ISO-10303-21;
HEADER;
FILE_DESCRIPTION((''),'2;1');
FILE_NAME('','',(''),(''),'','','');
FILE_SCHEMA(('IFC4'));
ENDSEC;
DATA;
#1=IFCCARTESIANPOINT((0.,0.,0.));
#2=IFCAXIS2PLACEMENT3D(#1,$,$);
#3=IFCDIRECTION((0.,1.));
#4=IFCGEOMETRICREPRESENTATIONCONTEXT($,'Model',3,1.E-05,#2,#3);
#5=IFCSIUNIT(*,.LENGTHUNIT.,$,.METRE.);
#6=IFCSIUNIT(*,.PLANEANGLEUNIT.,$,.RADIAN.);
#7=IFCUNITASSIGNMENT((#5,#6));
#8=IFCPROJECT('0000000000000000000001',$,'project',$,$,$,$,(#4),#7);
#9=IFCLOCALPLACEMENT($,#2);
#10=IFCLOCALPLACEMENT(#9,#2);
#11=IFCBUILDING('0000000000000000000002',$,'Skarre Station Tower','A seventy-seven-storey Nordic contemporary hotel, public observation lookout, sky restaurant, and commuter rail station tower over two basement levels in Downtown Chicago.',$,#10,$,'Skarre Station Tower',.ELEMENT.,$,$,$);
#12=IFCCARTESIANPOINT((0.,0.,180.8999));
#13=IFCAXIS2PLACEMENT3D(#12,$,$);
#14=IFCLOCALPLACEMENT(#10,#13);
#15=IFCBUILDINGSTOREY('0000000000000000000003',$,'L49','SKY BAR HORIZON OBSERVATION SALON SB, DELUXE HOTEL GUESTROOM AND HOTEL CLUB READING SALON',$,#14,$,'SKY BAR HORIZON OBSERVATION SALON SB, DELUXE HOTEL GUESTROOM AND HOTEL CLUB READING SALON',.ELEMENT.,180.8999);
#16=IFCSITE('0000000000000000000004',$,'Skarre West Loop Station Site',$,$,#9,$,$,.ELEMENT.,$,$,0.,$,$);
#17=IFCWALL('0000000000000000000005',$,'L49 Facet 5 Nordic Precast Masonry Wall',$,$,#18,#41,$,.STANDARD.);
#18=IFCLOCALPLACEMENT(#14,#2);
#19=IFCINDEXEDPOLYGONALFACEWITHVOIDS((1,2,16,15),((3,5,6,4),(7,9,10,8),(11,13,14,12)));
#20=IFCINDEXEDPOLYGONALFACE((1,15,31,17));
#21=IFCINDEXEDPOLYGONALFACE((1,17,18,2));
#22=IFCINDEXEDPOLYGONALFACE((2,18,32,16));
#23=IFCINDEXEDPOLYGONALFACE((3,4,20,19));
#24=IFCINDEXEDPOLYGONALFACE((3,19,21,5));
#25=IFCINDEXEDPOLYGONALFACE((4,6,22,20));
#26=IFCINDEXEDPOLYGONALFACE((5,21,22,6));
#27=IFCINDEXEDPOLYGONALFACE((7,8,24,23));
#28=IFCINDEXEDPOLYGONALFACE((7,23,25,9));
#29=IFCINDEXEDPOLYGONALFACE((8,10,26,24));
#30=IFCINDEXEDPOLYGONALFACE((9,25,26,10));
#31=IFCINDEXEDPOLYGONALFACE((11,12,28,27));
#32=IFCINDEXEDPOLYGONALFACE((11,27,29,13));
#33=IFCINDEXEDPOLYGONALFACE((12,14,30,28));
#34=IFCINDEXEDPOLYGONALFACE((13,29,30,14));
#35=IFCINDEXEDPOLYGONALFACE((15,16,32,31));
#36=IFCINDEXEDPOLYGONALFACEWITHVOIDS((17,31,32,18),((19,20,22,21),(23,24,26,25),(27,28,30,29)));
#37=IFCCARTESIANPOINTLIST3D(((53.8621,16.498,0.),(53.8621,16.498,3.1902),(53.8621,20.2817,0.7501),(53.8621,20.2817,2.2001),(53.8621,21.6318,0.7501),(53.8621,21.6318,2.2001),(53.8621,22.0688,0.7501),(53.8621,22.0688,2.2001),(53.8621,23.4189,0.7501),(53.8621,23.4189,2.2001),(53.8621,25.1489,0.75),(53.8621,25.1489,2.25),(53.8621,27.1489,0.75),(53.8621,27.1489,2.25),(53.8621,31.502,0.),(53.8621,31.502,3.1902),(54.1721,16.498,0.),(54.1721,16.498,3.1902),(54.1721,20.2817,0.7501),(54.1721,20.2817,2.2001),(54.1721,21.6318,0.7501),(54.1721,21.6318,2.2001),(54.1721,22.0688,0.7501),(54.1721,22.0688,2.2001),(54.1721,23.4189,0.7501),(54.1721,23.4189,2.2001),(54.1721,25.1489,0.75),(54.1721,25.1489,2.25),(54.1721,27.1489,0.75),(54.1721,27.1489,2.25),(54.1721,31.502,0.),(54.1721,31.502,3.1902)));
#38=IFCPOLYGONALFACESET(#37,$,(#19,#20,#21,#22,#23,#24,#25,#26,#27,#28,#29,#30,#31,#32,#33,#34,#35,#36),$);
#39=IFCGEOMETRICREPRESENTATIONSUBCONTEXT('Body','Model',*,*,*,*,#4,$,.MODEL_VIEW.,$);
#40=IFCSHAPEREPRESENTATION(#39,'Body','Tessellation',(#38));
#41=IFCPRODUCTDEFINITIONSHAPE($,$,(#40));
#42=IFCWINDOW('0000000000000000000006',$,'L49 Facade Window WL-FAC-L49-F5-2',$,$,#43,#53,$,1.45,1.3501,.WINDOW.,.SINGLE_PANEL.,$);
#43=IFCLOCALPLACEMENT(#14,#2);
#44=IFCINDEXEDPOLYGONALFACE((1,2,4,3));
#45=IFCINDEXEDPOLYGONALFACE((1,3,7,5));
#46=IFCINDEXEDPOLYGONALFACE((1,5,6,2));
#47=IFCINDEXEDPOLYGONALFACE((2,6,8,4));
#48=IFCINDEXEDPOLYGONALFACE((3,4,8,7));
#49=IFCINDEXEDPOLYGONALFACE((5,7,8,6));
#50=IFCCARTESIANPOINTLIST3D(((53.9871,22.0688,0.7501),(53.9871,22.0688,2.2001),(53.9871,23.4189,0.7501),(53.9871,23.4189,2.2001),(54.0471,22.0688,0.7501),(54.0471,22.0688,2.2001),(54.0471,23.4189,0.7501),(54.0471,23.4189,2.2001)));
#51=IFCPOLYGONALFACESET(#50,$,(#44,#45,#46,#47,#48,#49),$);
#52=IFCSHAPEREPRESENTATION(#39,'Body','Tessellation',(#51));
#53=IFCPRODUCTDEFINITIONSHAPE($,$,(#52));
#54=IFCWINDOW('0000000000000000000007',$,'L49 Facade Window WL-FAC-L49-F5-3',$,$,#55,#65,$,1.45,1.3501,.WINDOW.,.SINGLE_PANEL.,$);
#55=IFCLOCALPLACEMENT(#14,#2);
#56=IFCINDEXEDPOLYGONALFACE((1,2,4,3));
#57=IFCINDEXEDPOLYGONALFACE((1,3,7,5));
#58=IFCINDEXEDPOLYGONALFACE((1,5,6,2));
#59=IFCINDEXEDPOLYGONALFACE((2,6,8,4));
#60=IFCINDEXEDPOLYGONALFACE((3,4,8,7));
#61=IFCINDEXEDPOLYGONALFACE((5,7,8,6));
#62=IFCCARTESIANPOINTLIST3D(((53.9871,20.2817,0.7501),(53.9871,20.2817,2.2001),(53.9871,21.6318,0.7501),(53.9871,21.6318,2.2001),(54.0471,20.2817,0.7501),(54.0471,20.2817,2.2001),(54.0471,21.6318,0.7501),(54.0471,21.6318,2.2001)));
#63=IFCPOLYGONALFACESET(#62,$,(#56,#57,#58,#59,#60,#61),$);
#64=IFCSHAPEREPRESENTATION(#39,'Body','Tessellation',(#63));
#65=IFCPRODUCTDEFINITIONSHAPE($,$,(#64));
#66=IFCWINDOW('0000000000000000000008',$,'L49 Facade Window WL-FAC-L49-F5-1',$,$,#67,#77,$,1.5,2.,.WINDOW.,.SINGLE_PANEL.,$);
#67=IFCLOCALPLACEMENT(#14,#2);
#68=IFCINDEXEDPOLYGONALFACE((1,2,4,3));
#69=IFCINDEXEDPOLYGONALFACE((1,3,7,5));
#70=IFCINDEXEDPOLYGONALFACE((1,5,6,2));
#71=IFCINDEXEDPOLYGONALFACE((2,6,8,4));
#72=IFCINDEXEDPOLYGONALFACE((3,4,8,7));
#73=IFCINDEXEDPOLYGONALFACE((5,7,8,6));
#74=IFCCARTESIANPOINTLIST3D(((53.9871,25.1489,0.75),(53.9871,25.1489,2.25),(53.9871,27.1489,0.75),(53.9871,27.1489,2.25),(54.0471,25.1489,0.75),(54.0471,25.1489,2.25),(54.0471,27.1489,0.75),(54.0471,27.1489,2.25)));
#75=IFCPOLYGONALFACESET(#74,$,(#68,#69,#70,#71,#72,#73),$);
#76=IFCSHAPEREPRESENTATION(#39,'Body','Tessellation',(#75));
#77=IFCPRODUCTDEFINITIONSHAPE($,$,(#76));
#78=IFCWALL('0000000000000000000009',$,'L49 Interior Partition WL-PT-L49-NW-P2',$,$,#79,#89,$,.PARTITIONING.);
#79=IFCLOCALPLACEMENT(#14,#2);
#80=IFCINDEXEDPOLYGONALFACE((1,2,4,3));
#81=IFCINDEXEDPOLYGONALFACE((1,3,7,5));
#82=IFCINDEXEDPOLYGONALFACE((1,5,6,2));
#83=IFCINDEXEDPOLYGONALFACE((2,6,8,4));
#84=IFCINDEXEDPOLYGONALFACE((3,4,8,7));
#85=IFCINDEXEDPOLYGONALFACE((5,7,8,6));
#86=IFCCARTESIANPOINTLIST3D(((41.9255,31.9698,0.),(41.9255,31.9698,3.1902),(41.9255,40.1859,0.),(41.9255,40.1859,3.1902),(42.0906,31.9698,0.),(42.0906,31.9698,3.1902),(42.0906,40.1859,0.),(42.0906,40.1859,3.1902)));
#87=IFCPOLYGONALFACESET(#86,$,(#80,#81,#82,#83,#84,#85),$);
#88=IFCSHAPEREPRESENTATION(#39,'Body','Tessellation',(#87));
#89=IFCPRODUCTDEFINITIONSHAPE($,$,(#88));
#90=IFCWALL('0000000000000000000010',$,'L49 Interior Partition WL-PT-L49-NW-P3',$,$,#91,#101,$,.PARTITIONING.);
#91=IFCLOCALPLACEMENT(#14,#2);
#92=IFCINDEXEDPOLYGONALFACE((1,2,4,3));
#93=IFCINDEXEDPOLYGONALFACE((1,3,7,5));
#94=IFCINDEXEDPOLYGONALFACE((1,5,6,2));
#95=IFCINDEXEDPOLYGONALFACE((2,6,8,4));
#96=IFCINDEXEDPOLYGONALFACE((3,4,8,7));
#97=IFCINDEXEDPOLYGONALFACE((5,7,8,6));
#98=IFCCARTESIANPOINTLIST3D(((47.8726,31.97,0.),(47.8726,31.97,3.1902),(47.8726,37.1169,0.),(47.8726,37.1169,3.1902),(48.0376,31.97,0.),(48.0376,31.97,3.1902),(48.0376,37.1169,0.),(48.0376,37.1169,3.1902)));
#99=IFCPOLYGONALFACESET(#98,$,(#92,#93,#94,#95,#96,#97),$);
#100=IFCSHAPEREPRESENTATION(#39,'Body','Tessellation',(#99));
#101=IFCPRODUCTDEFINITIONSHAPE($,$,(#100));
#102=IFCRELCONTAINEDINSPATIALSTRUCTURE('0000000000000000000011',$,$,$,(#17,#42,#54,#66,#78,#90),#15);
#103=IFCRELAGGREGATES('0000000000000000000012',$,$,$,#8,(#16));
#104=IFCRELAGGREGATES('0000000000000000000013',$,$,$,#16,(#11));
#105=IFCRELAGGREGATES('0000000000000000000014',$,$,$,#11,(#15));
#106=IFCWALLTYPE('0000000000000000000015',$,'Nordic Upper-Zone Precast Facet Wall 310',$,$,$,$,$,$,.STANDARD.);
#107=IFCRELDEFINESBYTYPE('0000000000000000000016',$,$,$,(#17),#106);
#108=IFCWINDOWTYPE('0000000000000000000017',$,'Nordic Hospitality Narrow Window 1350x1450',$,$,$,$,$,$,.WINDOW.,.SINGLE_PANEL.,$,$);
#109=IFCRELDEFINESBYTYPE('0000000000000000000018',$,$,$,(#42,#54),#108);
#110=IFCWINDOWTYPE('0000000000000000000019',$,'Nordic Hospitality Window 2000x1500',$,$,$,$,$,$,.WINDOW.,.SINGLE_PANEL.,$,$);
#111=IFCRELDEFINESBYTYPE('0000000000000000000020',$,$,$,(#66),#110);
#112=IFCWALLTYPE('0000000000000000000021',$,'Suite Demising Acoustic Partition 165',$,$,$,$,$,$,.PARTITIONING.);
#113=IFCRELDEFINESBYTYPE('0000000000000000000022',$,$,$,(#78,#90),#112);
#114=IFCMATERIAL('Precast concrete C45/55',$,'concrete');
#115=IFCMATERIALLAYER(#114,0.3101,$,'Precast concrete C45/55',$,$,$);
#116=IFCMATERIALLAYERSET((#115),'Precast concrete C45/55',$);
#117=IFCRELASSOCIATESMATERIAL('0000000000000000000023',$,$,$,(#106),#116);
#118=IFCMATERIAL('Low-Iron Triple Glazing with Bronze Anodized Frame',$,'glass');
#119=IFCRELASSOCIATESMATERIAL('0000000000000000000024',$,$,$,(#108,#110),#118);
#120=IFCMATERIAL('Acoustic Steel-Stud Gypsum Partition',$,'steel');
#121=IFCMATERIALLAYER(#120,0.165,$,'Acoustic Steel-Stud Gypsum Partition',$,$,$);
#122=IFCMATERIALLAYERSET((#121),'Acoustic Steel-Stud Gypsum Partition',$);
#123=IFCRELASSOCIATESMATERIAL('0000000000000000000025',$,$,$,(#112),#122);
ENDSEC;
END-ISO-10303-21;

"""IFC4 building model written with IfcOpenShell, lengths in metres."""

from ifc_helpers import new_model, si_unit, direction, frame, frame_2d, origin, place, context, subcontext, project, spatial, rectangle, extrude, material, layer, layer_set, type_object, element, fill, save


model = new_model("IFC4")

# Units and contexts
model_context = context("Model", 3, precision=1e-05, world=origin(), true_north=direction((0.0, 1.0)))
body_context = subcontext(model_context, "Body", "Model", "MODEL_VIEW")
ifc_project = project(units=[si_unit("LENGTHUNIT", "METRE"), si_unit("PLANEANGLEUNIT", "RADIAN")], contexts=[model_context])

# Site, building, storey
site_placement = place(None, origin())
site = spatial("IfcSite", under=ifc_project, at=site_placement, Name="Skarre West Loop Station Site", CompositionType="ELEMENT", RefElevation=0.0)
building_placement = place(site_placement, origin())
building = spatial("IfcBuilding", under=site, at=building_placement, Name="Skarre Station Tower", Description="A seventy-seven-storey Nordic contemporary hotel, public observation lookout, sky restaurant, and commuter rail station tower over two basement levels in Downtown Chicago.", LongName="Skarre Station Tower", CompositionType="ELEMENT")
storey_placement = place(building_placement, frame((0.0, 0.0, 180.8999)))
storey = spatial("IfcBuildingStorey", under=building, at=storey_placement, Name="L49", Description="SKY BAR HORIZON OBSERVATION SALON SB, DELUXE HOTEL GUESTROOM AND HOTEL CLUB READING SALON", LongName="SKY BAR HORIZON OBSERVATION SALON SB, DELUXE HOTEL GUESTROOM AND HOTEL CLUB READING SALON", CompositionType="ELEMENT", Elevation=180.8999)

# Shared definitions
ifc_material_1 = material(Name="Acoustic Steel-Stud Gypsum Partition", Category="steel")

# Shared definitions
ifc_material_2 = material(Name="Precast concrete C45/55", Category="concrete")

# Wall, openings, windows
ifc_layer_1 = layer(ifc_material_2, 0.3101, Name="Precast concrete C45/55")
ifc_layer_set_1 = layer_set([ifc_layer_1], Name="Precast concrete C45/55")
wall_type_1 = type_object("IfcWallType", Name="Nordic Upper-Zone Precast Facet Wall 310", PredefinedType="STANDARD", material=ifc_layer_set_1)
wall_1_placement = place(storey_placement, frame((54.0171, 31.502, 0.0), z_axis=(0.0, 0.0, 1.0), x_axis=(0.0, -1.0, 0.0)))
wall_1 = element("IfcWall", 1, at=wall_1_placement, inside=storey, type_object=wall_type_1, Name="L49 Facet 5 Nordic Precast Masonry Wall", PredefinedType="STANDARD", context=body_context, shape_type="SweptSolid", body=[
    extrude(rectangle(XDim=15.0039, YDim=0.3101, at=frame_2d((7.502, 0.0))), origin(), (0.0, 0.0, 1.0), 3.1902),
])
opening_1_placement = place(wall_1_placement, frame((4.353, 0.0, 0.75)))
opening_1 = element("IfcOpeningElement", 2, at=opening_1_placement, cuts=wall_1, PredefinedType="OPENING", context=body_context, shape_type="SweptSolid", body=[
    extrude(rectangle(XDim=2.0, YDim=1.5, at=frame_2d((1.0, 0.75))), frame((0.0, 0.165, 0.0), z_axis=(0.0, -1.0, 0.0), x_axis=(1.0, 0.0, 0.0)), (0.0, 0.0, 1.0), 0.3301),
])
opening_2_placement = place(wall_1_placement, frame((8.083, 0.0, 0.75)))
opening_2 = element("IfcOpeningElement", 3, at=opening_2_placement, cuts=wall_1, PredefinedType="OPENING", context=body_context, shape_type="SweptSolid", body=[
    extrude(rectangle(XDim=1.3501, YDim=1.45, at=frame_2d((0.675, 0.7251))), frame((0.0, 0.165, 0.0), z_axis=(0.0, -1.0, 0.0), x_axis=(1.0, 0.0, 0.0)), (0.0, 0.0, 1.0), 0.3301),
])
opening_3_placement = place(wall_1_placement, frame((9.8701, 0.0, 0.75)))
opening_3 = element("IfcOpeningElement", 4, at=opening_3_placement, cuts=wall_1, PredefinedType="OPENING", context=body_context, shape_type="SweptSolid", body=[
    extrude(rectangle(XDim=1.3501, YDim=1.45, at=frame_2d((0.675, 0.7251))), frame((0.0, 0.165, 0.0), z_axis=(0.0, -1.0, 0.0), x_axis=(1.0, 0.0, 0.0)), (0.0, 0.0, 1.0), 0.3301),
])
ifc_material_3 = material(Name="Low-Iron Triple Glazing with Bronze Anodized Frame", Category="glass")
window_type_1 = type_object("IfcWindowType", Name="Nordic Hospitality Narrow Window 1350x1450", PartitioningType="SINGLE_PANEL", PredefinedType="WINDOW", material=ifc_material_3)
window_1_placement = place(opening_2_placement, origin())
window_1 = element("IfcWindow", 5, at=window_1_placement, inside=storey, type_object=window_type_1, Name="L49 Facade Window WL-FAC-L49-F5-2", OverallHeight=1.45, OverallWidth=1.3501, PartitioningType="SINGLE_PANEL", PredefinedType="WINDOW", context=body_context, shape_type="SweptSolid", body=[
    extrude(rectangle(XDim=1.3501, YDim=1.45, at=frame_2d((0.675, 0.7251))), frame((0.0, 0.03, 0.0), z_axis=(0.0, -1.0, 0.0), x_axis=(1.0, 0.0, 0.0)), (0.0, 0.0, 1.0), 0.0601),
])
fill(opening_2, window_1)
window_2_placement = place(opening_3_placement, origin())
window_2 = element("IfcWindow", 6, at=window_2_placement, inside=storey, type_object=window_type_1, Name="L49 Facade Window WL-FAC-L49-F5-3", OverallHeight=1.45, OverallWidth=1.3501, PartitioningType="SINGLE_PANEL", PredefinedType="WINDOW", context=body_context, shape_type="SweptSolid", body=[
    extrude(rectangle(XDim=1.3501, YDim=1.45, at=frame_2d((0.675, 0.7251))), frame((0.0, 0.03, 0.0), z_axis=(0.0, -1.0, 0.0), x_axis=(1.0, 0.0, 0.0)), (0.0, 0.0, 1.0), 0.0601),
])
fill(opening_3, window_2)
window_type_2 = type_object("IfcWindowType", Name="Nordic Hospitality Window 2000x1500", PartitioningType="SINGLE_PANEL", PredefinedType="WINDOW", material=ifc_material_3)
window_3_placement = place(opening_1_placement, origin())
window_3 = element("IfcWindow", 7, at=window_3_placement, inside=storey, type_object=window_type_2, Name="L49 Facade Window WL-FAC-L49-F5-1", OverallHeight=1.5, OverallWidth=2.0, PartitioningType="SINGLE_PANEL", PredefinedType="WINDOW", context=body_context, shape_type="SweptSolid", body=[
    extrude(rectangle(XDim=2.0, YDim=1.5, at=frame_2d((1.0, 0.75))), frame((0.0, 0.03, 0.0), z_axis=(0.0, -1.0, 0.0), x_axis=(1.0, 0.0, 0.0)), (0.0, 0.0, 1.0), 0.0601),
])
fill(opening_1, window_3)

# Walls
ifc_layer_2 = layer(ifc_material_1, 0.165, Name="Acoustic Steel-Stud Gypsum Partition")
ifc_layer_set_2 = layer_set([ifc_layer_2], Name="Acoustic Steel-Stud Gypsum Partition")
wall_type_2 = type_object("IfcWallType", Name="Suite Demising Acoustic Partition 165", PredefinedType="PARTITIONING", material=ifc_layer_set_2)
wall_2_placement = place(storey_placement, frame((42.0081, 31.97, 0.0), z_axis=(0.0, 0.0, 1.0), x_axis=(0.0, 1.0, 0.0)))
element("IfcWall", 8, at=wall_2_placement, inside=storey, type_object=wall_type_2, Name="L49 Interior Partition WL-PT-L49-NW-P2", PredefinedType="PARTITIONING", context=body_context, shape_type="SweptSolid", body=[
    extrude(rectangle(XDim=8.2161, YDim=0.165, at=frame_2d((4.1079, 0.0))), origin(), (0.0, 0.0, 1.0), 3.1902),
])
wall_3_placement = place(storey_placement, frame((47.9551, 31.97, 0.0), z_axis=(0.0, 0.0, 1.0), x_axis=(0.0, 1.0, 0.0)))
element("IfcWall", 9, at=wall_3_placement, inside=storey, type_object=wall_type_2, Name="L49 Interior Partition WL-PT-L49-NW-P3", PredefinedType="PARTITIONING", context=body_context, shape_type="SweptSolid", body=[
    extrude(rectangle(XDim=5.147, YDim=0.165, at=frame_2d((2.5735, 0.0))), origin(), (0.0, 0.0, 1.0), 3.1902),
])

save(model, "model.ifc")
